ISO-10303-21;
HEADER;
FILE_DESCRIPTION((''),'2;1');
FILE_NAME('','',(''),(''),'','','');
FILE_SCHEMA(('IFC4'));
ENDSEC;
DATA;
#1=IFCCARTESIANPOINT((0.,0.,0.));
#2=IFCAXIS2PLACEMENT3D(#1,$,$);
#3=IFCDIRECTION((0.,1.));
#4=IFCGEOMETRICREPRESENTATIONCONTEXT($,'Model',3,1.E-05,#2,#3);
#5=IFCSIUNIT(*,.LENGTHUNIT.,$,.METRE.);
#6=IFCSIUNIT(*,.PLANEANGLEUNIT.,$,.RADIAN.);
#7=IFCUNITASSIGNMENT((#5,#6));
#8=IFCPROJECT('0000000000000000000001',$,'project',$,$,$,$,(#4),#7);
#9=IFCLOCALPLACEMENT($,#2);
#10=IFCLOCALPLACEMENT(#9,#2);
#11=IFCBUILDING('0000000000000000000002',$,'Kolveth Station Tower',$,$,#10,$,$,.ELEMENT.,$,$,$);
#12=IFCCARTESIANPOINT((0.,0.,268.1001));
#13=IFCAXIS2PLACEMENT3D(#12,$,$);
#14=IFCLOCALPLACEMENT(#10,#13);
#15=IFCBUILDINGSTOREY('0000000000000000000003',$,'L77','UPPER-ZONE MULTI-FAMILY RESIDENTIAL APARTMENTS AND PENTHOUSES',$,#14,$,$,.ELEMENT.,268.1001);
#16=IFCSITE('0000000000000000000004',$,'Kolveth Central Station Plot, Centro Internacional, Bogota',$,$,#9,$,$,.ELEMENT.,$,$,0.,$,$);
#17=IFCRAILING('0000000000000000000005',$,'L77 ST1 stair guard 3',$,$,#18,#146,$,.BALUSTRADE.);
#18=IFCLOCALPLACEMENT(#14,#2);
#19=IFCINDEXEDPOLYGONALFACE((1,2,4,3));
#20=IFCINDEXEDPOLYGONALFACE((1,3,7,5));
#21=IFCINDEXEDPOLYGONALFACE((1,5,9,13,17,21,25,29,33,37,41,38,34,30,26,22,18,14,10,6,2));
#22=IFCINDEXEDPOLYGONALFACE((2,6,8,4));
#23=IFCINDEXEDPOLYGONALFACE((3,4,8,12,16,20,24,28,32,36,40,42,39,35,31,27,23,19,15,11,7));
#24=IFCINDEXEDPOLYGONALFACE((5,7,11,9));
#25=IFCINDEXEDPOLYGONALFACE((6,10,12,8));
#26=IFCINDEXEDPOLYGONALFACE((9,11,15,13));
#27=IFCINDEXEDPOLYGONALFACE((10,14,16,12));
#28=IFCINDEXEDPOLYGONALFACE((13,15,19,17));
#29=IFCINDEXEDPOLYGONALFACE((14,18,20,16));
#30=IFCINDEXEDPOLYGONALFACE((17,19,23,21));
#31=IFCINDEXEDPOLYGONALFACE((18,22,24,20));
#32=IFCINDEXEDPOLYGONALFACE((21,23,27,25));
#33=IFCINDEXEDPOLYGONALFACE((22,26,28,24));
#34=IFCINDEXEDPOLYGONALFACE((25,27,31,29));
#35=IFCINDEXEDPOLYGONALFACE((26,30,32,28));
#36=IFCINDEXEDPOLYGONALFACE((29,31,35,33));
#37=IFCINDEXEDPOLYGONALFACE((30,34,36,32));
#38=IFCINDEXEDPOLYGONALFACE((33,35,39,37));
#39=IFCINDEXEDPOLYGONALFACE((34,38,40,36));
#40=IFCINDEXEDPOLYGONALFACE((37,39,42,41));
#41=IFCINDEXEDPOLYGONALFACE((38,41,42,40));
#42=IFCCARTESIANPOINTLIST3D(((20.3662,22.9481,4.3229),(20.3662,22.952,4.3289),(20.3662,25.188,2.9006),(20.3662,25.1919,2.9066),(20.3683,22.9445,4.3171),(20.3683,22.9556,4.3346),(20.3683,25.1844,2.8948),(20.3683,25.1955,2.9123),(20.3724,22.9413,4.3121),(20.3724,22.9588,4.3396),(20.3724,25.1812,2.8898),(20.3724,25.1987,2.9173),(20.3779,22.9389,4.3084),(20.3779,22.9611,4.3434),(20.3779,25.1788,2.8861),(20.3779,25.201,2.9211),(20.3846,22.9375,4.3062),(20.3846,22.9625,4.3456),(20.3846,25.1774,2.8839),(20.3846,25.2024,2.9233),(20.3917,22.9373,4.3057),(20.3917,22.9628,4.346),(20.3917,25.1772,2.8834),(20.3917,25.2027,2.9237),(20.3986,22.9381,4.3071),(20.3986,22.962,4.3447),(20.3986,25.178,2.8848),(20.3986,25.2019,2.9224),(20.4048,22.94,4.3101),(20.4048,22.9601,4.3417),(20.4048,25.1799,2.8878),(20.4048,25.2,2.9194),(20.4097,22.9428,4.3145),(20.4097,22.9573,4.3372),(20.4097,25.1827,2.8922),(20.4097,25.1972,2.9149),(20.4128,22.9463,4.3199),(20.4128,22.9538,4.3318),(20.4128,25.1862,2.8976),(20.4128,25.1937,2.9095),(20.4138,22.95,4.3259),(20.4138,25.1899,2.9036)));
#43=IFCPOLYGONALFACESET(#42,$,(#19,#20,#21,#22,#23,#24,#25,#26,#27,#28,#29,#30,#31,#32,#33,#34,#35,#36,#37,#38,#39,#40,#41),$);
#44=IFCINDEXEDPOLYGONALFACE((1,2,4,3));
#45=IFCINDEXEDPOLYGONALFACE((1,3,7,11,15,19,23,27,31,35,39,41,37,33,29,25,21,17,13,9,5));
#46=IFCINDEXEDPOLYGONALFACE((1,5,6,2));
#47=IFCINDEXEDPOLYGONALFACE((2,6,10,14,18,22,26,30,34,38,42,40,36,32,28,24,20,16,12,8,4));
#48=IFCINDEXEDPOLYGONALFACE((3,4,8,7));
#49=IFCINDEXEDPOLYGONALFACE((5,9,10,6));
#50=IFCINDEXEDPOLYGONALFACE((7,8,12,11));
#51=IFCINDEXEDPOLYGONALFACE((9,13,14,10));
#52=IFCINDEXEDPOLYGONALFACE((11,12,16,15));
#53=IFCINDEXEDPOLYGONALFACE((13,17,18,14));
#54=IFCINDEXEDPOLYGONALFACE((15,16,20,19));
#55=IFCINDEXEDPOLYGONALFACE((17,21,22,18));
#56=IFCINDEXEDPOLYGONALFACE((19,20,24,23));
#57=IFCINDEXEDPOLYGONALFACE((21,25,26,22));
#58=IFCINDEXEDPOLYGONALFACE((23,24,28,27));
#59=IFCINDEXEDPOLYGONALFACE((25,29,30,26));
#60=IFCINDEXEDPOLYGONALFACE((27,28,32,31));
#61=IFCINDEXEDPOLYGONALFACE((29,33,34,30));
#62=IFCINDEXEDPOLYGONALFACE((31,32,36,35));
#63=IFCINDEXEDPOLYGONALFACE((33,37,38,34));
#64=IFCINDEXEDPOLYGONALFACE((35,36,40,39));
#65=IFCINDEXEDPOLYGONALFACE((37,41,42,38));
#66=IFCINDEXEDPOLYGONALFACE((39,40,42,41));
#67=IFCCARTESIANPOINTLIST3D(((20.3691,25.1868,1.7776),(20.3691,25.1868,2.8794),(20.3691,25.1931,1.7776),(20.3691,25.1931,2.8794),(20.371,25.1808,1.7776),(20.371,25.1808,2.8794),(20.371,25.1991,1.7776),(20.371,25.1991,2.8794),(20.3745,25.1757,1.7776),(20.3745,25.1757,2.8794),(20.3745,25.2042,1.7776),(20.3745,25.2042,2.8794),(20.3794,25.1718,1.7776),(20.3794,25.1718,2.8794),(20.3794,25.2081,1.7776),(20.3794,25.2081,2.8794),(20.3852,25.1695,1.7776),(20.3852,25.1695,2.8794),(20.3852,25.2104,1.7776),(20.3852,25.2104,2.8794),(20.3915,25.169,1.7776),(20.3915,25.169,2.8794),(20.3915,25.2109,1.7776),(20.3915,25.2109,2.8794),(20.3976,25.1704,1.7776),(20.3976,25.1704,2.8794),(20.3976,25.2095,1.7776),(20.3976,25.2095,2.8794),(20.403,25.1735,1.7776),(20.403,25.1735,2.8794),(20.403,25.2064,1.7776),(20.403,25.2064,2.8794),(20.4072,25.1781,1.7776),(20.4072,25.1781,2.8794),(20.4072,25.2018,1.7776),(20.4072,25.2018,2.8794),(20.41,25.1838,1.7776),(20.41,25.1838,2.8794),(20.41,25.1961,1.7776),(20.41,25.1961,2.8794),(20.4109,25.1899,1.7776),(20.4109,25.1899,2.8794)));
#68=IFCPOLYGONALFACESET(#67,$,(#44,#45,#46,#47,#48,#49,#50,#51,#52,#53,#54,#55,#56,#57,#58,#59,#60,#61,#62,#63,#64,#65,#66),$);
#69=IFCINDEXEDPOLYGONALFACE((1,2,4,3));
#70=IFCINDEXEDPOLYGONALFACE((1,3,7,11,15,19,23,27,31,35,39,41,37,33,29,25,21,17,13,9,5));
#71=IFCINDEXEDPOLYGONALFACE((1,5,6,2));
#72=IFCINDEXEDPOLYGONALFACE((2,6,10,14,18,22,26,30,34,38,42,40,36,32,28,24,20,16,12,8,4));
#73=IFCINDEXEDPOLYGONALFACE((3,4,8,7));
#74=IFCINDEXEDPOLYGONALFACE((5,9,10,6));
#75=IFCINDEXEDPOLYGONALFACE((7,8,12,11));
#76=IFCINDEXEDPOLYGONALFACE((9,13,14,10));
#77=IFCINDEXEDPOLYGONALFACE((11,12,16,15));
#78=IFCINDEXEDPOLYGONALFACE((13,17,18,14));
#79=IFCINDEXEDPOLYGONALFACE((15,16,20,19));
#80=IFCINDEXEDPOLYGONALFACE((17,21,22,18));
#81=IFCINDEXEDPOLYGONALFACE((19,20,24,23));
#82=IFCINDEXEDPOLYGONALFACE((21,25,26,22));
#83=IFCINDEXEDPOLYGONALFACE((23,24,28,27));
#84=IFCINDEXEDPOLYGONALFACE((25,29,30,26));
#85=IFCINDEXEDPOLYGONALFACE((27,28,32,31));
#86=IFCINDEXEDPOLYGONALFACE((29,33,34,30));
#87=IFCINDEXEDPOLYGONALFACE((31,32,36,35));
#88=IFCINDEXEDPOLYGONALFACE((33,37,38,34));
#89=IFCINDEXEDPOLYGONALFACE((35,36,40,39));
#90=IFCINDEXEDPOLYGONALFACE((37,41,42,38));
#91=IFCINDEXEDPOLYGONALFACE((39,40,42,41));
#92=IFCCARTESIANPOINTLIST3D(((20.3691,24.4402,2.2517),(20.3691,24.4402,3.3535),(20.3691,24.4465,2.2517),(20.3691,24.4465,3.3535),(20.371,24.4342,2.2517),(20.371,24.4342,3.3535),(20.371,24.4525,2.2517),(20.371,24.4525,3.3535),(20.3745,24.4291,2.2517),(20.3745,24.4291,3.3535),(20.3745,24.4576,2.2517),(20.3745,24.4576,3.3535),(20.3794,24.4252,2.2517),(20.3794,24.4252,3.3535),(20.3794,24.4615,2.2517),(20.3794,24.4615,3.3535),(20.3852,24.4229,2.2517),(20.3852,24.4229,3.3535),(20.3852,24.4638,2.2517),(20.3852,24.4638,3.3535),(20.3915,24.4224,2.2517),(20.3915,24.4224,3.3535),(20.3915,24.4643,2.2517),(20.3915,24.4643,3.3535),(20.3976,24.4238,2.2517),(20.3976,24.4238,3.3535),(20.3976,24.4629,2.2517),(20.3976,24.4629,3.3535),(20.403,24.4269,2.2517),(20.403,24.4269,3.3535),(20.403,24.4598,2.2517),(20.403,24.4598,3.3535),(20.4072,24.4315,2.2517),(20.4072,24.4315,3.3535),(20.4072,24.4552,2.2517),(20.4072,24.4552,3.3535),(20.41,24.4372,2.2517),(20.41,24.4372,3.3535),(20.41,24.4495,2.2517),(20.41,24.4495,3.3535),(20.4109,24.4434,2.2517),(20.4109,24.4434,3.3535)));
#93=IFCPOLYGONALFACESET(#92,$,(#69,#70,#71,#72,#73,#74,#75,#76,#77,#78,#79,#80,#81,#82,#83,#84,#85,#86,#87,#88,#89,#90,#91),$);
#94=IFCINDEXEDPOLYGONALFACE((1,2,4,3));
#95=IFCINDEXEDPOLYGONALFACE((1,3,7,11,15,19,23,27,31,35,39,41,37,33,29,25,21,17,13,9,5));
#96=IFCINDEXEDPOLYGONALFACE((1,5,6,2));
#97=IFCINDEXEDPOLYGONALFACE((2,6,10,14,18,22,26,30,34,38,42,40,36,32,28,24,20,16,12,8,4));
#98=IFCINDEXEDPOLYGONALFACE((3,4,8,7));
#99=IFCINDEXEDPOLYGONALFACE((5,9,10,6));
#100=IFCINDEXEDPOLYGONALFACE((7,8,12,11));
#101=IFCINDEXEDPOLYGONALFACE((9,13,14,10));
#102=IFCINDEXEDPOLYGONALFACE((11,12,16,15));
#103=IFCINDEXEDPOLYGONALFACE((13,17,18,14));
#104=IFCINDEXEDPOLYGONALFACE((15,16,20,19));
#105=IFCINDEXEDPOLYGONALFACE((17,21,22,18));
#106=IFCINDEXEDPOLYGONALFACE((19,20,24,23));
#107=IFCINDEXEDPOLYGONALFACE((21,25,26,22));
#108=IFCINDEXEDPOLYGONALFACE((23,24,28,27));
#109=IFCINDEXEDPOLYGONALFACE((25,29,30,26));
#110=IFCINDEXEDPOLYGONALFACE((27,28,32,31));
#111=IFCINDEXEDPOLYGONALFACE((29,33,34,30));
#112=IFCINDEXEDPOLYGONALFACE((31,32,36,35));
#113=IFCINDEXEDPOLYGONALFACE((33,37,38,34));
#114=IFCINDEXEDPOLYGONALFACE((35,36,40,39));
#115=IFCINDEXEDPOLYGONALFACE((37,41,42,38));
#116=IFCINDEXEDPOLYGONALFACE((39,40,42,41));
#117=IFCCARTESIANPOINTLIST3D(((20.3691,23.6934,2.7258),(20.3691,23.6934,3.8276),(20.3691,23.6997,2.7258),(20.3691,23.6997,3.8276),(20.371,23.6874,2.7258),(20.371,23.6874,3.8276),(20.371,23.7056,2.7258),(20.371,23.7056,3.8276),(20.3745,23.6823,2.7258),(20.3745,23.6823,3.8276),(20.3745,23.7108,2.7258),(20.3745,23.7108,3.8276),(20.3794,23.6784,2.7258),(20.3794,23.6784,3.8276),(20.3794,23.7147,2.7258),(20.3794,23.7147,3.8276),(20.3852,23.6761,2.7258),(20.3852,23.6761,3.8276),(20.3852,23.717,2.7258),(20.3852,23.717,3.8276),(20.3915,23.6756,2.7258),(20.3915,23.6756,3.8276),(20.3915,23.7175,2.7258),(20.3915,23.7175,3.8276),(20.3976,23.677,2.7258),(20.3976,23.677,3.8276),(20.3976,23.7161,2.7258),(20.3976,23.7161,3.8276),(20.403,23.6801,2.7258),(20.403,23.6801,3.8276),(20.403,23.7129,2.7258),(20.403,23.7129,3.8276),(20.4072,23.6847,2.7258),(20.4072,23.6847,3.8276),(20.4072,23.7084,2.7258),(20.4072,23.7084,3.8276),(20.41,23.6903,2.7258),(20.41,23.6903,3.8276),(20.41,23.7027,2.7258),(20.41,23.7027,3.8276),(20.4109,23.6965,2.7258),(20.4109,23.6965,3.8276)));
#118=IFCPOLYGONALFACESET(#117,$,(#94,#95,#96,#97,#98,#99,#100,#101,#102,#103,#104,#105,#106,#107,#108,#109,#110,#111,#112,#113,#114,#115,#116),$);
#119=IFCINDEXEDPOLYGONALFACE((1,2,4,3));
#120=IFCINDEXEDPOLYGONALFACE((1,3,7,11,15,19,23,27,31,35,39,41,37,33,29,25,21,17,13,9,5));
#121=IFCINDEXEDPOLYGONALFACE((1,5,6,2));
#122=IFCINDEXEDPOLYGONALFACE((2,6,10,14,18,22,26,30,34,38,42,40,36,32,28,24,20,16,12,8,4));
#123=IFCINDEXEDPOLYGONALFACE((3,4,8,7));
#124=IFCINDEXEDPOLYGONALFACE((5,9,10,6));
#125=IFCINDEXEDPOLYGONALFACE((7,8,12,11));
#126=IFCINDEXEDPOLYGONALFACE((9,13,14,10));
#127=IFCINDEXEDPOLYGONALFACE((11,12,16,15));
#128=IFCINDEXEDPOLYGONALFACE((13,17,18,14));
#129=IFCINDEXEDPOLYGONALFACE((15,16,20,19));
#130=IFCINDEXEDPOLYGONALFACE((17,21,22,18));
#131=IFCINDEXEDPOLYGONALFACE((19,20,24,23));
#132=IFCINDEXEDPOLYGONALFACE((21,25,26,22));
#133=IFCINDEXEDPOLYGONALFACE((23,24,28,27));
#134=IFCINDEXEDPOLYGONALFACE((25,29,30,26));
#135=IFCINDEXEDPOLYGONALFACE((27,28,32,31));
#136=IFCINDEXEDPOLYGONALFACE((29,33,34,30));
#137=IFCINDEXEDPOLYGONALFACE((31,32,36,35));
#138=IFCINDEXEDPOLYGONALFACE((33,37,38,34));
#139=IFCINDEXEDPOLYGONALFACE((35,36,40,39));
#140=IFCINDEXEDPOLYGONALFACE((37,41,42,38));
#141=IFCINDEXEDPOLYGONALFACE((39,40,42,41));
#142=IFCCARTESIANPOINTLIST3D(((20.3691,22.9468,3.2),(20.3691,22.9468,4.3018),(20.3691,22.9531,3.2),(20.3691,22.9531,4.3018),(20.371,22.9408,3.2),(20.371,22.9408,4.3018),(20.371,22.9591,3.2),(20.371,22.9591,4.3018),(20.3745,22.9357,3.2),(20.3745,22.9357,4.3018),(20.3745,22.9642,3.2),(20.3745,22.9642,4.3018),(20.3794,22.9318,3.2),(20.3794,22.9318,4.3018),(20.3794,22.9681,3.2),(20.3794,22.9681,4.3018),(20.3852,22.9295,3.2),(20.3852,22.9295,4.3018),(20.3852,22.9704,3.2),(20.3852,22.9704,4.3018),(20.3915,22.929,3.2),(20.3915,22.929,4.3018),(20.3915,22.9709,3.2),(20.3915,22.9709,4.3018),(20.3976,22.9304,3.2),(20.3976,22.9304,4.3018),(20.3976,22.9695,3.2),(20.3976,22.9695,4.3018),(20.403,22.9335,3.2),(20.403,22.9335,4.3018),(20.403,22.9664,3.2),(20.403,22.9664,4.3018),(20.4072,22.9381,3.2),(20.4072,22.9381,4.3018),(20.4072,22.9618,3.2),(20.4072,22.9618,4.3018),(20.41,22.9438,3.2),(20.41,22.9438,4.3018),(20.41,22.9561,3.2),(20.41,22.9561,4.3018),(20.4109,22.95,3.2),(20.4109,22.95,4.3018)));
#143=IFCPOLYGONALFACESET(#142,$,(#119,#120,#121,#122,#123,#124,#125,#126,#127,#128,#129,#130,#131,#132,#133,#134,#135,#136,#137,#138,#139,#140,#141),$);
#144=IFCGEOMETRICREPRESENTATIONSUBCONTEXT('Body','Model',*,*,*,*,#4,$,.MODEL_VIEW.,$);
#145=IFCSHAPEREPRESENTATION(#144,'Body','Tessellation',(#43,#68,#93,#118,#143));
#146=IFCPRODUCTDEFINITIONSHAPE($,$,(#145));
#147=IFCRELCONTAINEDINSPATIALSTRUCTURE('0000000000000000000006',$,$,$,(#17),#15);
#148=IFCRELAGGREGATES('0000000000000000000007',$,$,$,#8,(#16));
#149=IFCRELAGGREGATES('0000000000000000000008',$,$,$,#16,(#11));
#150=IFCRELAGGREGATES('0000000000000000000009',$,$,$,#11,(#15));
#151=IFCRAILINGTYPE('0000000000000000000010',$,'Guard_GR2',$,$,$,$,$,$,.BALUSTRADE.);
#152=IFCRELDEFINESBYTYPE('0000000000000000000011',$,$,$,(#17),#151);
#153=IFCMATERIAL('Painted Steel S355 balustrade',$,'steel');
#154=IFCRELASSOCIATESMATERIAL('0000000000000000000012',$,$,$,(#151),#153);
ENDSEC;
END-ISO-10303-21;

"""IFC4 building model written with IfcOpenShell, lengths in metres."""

from ifc_helpers import new_model, si_unit, direction, frame, origin, origin_2d, place, context, subcontext, project, spatial, circle, extrude, material, type_object, element, save


model = new_model("IFC4")

# Units and contexts
model_context = context("Model", 3, precision=1e-05, world=origin(), true_north=direction((0.0, 1.0)))
body_context = subcontext(model_context, "Body", "Model", "MODEL_VIEW")
ifc_project = project(units=[si_unit("LENGTHUNIT", "METRE"), si_unit("PLANEANGLEUNIT", "RADIAN")], contexts=[model_context])

# Site, building, storey
site_placement = place(None, origin())
site = spatial("IfcSite", under=ifc_project, at=site_placement, Name="Kolveth Central Station Plot, Centro Internacional, Bogota", CompositionType="ELEMENT", RefElevation=0.0)
building_placement = place(site_placement, origin())
building = spatial("IfcBuilding", under=site, at=building_placement, Name="Kolveth Station Tower", CompositionType="ELEMENT")
storey_placement = place(building_placement, frame((0.0, 0.0, 268.1001)))
storey = spatial("IfcBuildingStorey", under=building, at=storey_placement, Name="L77", Description="UPPER-ZONE MULTI-FAMILY RESIDENTIAL APARTMENTS AND PENTHOUSES", CompositionType="ELEMENT", Elevation=268.1001)

# Railing
ifc_material_1 = material(Name="Painted Steel S355 balustrade", Category="steel")
railing_type_1 = type_object("IfcRailingType", Name="Guard_GR2", PredefinedType="BALUSTRADE", material=ifc_material_1)
railing_1_placement = place(storey_placement, frame((20.3899, 25.1899, 1.7776)))
element("IfcRailing", 1, at=railing_1_placement, inside=storey, type_object=railing_type_1, Name="L77 ST1 stair guard 3", PredefinedType="BALUSTRADE", context=body_context, shape_type="SweptSolid", body=[
    extrude(circle(Radius=0.0239, at=origin_2d()), frame((0.0, 0.0, 1.126), z_axis=(0.0, -0.844188, 0.536048), x_axis=(1.0, 0.0, 0.0)), (0.0, 0.0, 1.0), 2.6533),
    extrude(circle(Radius=0.021, at=origin_2d()), origin(), (0.0, 0.0, 1.0), 1.1018),
    extrude(circle(Radius=0.021, at=origin_2d()), frame((0.0, -0.7466, 0.4741)), (0.0, 0.0, 1.0), 1.1018),
    extrude(circle(Radius=0.021, at=origin_2d()), frame((0.0, -1.4934, 0.9482)), (0.0, 0.0, 1.0), 1.1018),
    extrude(circle(Radius=0.021, at=origin_2d()), frame((0.0, -2.24, 1.4224)), (0.0, 0.0, 1.0), 1.1018),
])

save(model, "model.ifc")
